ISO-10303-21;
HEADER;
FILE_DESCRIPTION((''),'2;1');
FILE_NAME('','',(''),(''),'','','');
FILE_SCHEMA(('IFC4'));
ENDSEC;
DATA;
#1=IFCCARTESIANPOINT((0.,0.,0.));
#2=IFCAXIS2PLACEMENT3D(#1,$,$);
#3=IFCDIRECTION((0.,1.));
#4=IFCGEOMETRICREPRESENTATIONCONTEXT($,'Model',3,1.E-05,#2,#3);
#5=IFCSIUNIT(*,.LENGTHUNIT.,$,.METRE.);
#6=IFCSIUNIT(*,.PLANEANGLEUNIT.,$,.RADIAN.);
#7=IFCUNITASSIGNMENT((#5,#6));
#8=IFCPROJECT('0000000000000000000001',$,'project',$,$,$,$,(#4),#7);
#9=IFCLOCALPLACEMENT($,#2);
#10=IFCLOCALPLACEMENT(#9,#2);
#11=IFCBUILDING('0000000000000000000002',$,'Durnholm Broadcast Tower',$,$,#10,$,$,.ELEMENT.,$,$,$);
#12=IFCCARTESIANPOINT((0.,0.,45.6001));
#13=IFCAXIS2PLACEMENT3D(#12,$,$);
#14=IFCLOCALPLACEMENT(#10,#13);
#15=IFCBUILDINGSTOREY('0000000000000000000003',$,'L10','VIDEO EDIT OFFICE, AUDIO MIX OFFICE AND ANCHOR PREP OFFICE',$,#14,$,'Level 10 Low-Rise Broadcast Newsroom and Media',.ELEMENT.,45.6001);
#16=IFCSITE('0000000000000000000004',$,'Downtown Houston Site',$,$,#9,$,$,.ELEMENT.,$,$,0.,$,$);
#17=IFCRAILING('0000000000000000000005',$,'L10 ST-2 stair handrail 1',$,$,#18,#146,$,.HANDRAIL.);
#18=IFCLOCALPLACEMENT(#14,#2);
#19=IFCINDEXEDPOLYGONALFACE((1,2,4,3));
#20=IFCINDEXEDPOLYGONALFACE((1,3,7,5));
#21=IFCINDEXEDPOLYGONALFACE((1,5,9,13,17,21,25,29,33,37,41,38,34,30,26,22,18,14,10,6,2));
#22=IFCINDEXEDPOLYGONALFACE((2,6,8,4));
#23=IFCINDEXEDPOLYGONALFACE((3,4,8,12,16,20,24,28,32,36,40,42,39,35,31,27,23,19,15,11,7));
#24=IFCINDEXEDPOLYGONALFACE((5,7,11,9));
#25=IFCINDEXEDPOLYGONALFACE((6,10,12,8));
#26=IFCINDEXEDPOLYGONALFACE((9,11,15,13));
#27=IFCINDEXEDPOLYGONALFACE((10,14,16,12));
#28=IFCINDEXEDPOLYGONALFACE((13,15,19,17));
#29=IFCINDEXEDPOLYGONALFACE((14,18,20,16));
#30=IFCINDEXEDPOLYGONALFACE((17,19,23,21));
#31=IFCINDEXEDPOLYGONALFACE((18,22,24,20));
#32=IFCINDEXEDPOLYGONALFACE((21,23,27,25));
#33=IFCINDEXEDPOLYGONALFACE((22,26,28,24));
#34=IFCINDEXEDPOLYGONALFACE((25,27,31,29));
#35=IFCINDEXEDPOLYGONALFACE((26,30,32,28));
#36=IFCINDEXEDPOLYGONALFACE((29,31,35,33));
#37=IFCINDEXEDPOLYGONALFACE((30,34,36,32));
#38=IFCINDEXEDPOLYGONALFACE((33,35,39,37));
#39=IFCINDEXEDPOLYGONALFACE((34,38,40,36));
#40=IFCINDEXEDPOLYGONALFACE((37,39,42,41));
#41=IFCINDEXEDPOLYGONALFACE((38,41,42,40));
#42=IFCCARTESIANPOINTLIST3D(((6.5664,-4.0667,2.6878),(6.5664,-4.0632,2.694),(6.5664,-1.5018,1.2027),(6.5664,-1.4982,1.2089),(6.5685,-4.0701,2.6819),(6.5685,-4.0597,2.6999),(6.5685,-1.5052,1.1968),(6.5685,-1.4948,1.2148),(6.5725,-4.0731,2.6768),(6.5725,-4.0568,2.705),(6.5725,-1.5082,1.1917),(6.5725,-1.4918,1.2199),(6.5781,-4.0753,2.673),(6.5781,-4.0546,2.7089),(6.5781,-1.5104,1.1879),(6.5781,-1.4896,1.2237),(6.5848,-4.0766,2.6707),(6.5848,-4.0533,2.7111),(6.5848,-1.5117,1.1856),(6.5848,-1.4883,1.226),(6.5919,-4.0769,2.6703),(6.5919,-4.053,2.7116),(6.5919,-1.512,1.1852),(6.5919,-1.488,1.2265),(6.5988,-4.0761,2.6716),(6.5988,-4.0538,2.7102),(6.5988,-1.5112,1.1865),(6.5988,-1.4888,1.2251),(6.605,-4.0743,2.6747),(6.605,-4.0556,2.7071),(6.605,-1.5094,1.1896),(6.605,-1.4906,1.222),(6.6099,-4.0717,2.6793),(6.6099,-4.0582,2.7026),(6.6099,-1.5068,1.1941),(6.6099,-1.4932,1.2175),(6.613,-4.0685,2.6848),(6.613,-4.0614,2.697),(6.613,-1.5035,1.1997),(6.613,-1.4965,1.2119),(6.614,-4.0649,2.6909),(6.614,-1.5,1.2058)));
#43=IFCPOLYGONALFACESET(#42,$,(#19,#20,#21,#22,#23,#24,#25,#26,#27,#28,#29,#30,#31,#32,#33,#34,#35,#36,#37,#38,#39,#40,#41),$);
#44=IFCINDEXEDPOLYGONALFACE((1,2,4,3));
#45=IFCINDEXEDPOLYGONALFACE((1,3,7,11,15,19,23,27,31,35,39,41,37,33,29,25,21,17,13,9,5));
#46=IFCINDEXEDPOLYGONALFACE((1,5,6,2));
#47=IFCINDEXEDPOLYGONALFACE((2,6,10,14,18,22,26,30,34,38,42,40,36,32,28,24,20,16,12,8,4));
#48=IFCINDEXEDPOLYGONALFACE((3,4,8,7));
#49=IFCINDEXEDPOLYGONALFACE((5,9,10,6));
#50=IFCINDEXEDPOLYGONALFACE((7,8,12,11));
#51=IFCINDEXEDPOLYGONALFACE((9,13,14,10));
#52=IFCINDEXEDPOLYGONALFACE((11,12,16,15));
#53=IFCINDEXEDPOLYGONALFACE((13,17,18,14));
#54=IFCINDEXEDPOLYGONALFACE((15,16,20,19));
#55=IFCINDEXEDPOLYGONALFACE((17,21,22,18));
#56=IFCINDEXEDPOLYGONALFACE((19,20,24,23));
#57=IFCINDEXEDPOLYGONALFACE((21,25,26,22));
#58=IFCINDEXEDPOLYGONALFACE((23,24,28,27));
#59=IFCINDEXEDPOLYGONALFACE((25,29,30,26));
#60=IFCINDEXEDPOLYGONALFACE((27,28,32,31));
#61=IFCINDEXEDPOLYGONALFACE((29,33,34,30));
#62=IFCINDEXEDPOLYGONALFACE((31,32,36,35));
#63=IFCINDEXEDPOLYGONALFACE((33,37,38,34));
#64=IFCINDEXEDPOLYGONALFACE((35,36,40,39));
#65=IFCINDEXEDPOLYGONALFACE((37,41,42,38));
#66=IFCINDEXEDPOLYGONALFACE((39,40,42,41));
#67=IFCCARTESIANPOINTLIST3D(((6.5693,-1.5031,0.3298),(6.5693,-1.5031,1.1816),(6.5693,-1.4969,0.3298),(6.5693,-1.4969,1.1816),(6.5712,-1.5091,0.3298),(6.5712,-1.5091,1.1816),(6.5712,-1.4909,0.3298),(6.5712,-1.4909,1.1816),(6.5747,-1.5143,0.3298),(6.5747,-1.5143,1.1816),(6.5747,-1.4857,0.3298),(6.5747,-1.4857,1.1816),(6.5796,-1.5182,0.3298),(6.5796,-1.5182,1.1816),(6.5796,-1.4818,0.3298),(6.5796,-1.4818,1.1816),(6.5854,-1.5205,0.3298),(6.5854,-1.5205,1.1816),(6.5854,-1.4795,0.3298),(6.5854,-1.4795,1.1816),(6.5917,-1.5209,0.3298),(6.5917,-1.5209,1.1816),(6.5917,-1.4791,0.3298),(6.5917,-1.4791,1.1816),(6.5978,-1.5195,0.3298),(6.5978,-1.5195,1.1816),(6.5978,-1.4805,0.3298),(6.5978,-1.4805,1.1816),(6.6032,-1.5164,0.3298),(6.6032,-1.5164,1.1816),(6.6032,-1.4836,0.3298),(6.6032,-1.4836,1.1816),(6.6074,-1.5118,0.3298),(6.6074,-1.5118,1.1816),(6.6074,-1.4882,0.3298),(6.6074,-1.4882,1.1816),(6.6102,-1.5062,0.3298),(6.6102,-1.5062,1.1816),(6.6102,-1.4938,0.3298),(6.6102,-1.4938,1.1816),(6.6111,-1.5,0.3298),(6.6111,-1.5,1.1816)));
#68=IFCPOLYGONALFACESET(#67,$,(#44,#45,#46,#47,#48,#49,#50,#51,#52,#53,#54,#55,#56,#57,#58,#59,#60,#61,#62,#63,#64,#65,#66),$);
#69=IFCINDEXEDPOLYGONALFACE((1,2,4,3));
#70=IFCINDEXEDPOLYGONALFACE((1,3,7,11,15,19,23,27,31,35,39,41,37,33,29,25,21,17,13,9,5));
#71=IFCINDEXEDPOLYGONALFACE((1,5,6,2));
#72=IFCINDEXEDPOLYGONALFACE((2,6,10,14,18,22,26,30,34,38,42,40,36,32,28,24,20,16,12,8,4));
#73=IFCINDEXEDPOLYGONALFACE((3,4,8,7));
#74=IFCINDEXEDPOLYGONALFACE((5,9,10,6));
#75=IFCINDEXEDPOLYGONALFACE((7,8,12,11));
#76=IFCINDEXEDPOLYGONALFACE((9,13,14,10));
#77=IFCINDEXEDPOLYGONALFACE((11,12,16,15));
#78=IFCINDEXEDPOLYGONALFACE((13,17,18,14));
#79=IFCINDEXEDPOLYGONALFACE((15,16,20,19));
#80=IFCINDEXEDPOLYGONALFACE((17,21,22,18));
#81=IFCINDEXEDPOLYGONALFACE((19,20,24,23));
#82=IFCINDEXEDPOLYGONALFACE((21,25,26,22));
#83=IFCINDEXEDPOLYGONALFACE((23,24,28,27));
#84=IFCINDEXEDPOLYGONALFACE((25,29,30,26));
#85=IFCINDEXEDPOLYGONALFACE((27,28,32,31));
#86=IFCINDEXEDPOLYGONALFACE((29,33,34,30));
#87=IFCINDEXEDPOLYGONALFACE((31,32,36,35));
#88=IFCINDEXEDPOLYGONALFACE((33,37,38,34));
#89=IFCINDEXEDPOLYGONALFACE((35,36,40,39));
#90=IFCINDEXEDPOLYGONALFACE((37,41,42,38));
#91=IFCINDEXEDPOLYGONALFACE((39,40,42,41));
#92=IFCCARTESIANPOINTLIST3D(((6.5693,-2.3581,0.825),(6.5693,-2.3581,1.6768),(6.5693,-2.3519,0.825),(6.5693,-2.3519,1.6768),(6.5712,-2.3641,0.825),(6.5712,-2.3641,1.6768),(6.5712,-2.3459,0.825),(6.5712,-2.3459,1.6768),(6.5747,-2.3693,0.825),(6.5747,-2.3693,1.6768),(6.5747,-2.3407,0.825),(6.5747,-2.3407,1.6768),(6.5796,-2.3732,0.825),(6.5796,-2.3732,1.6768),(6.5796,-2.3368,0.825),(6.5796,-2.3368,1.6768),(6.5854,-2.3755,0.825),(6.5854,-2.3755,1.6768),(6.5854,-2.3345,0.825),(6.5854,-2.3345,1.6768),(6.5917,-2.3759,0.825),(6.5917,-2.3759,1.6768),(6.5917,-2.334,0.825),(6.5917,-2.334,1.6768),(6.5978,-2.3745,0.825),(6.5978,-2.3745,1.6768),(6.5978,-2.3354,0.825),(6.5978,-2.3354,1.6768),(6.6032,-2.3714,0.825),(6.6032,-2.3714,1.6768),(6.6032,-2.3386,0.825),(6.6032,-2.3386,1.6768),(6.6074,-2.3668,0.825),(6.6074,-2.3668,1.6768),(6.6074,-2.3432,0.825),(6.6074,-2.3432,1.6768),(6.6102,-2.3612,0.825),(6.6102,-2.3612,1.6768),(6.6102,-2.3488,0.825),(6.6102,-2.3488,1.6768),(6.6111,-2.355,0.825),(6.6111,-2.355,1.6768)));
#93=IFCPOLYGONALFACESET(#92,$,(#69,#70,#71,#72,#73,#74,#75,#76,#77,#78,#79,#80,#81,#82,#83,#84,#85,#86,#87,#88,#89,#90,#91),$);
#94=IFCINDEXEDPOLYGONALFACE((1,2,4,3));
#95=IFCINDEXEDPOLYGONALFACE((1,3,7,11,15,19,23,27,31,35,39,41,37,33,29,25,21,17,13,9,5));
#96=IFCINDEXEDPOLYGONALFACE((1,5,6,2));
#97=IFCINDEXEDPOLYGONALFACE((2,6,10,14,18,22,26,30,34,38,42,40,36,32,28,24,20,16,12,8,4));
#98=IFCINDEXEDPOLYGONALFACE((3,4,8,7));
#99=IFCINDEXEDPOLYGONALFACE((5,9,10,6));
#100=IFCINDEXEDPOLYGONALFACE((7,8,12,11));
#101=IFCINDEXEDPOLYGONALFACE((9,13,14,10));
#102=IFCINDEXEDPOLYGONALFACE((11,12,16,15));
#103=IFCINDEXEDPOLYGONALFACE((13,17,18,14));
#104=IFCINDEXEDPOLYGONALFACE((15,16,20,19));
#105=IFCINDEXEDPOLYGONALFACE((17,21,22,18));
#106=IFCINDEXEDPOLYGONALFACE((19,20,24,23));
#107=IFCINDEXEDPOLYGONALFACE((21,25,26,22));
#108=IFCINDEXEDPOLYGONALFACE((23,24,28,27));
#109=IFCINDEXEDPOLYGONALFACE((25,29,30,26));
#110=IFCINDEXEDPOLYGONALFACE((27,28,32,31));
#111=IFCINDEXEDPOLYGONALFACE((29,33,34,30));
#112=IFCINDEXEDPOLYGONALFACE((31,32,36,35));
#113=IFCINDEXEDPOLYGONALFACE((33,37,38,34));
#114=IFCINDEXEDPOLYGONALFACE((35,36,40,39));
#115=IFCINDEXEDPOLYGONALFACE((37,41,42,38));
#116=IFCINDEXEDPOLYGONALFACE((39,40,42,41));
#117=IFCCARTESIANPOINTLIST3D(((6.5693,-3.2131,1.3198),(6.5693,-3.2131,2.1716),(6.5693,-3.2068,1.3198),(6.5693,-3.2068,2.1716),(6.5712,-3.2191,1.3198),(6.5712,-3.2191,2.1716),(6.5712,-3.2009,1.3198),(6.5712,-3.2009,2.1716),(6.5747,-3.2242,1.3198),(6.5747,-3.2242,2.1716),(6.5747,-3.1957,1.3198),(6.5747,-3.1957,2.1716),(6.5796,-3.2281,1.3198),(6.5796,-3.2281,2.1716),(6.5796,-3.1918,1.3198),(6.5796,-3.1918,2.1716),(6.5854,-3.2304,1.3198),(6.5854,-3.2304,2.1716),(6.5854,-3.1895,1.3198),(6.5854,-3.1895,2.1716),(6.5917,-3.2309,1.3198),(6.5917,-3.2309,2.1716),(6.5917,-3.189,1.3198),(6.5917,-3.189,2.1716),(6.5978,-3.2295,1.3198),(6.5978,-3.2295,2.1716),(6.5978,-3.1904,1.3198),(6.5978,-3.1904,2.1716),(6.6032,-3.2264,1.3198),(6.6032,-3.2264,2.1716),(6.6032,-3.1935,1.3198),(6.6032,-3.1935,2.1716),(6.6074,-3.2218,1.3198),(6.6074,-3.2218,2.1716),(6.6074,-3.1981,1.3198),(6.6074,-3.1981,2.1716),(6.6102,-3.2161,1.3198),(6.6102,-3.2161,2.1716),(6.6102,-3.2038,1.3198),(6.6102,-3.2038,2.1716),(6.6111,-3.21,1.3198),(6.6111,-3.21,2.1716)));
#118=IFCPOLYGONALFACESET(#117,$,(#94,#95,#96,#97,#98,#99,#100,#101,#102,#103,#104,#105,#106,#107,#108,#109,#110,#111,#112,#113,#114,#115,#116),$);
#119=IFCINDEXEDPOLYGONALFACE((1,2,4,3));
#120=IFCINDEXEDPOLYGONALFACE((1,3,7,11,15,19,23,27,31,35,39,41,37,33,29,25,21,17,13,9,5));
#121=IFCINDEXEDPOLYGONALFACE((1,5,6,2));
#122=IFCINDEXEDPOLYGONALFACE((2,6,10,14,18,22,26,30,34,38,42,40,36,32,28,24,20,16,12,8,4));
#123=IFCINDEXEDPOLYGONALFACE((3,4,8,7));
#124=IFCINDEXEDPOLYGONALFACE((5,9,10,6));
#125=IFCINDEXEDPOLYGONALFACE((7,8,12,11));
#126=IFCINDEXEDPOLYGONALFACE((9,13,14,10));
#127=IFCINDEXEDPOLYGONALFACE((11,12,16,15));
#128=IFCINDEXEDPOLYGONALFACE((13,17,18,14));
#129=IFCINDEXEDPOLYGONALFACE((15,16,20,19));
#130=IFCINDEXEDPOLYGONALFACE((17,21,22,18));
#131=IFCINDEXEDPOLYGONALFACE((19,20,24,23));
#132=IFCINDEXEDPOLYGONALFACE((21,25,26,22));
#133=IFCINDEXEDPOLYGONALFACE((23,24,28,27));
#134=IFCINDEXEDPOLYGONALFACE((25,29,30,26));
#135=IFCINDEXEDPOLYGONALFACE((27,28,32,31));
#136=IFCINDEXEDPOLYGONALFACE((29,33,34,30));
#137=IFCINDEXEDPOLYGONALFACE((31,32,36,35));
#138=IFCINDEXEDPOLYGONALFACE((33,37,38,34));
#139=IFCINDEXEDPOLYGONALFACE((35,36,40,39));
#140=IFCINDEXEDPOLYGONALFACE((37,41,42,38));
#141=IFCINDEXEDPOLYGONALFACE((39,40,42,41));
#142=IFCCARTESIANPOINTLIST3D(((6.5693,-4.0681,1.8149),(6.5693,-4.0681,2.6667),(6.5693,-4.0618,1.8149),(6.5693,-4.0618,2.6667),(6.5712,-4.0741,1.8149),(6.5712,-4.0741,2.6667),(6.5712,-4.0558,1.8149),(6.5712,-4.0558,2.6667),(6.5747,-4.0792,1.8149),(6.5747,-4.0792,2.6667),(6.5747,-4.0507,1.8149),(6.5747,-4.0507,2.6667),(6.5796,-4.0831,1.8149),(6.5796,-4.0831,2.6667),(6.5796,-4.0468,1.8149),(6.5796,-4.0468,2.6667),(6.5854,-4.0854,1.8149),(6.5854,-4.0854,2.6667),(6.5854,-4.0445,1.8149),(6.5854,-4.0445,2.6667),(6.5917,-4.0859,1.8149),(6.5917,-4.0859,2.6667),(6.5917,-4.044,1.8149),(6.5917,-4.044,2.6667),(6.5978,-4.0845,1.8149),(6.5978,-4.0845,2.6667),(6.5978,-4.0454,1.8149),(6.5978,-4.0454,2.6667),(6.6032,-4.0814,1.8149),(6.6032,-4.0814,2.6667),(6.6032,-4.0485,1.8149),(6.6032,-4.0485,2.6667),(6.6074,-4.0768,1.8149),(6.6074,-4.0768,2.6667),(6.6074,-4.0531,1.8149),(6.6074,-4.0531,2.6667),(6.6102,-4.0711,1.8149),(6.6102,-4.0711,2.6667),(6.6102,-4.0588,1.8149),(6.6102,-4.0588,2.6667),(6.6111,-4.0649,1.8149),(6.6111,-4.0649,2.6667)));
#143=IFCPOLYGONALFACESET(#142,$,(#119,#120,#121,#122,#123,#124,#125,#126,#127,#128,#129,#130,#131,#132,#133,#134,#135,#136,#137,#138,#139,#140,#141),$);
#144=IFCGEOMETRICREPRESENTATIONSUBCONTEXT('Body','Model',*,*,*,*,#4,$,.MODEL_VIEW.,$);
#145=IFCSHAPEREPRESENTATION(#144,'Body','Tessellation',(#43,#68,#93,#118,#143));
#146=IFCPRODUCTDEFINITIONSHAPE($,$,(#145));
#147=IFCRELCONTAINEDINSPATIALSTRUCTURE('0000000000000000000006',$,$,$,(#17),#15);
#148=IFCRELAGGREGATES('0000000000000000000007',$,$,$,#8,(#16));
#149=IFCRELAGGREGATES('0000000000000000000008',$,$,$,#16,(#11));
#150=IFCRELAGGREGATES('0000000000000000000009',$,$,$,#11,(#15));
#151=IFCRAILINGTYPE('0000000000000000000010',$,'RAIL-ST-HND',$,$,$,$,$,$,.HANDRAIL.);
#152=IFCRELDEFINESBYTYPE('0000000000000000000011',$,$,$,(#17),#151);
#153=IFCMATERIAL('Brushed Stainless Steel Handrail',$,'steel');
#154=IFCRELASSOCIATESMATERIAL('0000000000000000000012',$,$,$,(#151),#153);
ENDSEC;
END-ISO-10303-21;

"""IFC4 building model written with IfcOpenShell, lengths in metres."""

from ifc_helpers import new_model, si_unit, direction, frame, origin, origin_2d, place, context, subcontext, project, spatial, circle, extrude, material, type_object, element, save


model = new_model("IFC4")

# Units and contexts
model_context = context("Model", 3, precision=1e-05, world=origin(), true_north=direction((0.0, 1.0)))
body_context = subcontext(model_context, "Body", "Model", "MODEL_VIEW")
ifc_project = project(units=[si_unit("LENGTHUNIT", "METRE"), si_unit("PLANEANGLEUNIT", "RADIAN")], contexts=[model_context])

# Site, building, storey
site_placement = place(None, origin())
site = spatial("IfcSite", under=ifc_project, at=site_placement, Name="Downtown Houston Site", CompositionType="ELEMENT", RefElevation=0.0)
building_placement = place(site_placement, origin())
building = spatial("IfcBuilding", under=site, at=building_placement, Name="Durnholm Broadcast Tower", CompositionType="ELEMENT")
storey_placement = place(building_placement, frame((0.0, 0.0, 45.6001)))
storey = spatial("IfcBuildingStorey", under=building, at=storey_placement, Name="L10", Description="VIDEO EDIT OFFICE, AUDIO MIX OFFICE AND ANCHOR PREP OFFICE", LongName="Level 10 Low-Rise Broadcast Newsroom and Media", CompositionType="ELEMENT", Elevation=45.6001)

# Railing
ifc_material_1 = material(Name="Brushed Stainless Steel Handrail", Category="steel")
railing_type_1 = type_object("IfcRailingType", Name="RAIL-ST-HND", PredefinedType="HANDRAIL", material=ifc_material_1)
railing_1_placement = place(storey_placement, frame((6.5901, -1.5, 0.3298)))
element("IfcRailing", 1, at=railing_1_placement, inside=storey, type_object=railing_type_1, Name="L10 ST-2 stair handrail 1", PredefinedType="HANDRAIL", context=body_context, shape_type="SweptSolid", body=[
    extrude(circle(Radius=0.0239, at=origin_2d()), frame((0.0, 0.0, 0.876), z_axis=(0.0, -0.865406, 0.501072), x_axis=(1.0, 0.0, 0.0)), (0.0, 0.0, 1.0), 2.9639),
    extrude(circle(Radius=0.021, at=origin_2d()), origin(), (0.0, 0.0, 1.0), 0.8518),
    extrude(circle(Radius=0.021, at=origin_2d()), frame((0.0, -0.855, 0.4951)), (0.0, 0.0, 1.0), 0.8518),
    extrude(circle(Radius=0.021, at=origin_2d()), frame((0.0, -1.71, 0.99)), (0.0, 0.0, 1.0), 0.8518),
    extrude(circle(Radius=0.021, at=origin_2d()), frame((0.0, -2.5649, 1.4851)), (0.0, 0.0, 1.0), 0.8518),
])

save(model, "model.ifc")
